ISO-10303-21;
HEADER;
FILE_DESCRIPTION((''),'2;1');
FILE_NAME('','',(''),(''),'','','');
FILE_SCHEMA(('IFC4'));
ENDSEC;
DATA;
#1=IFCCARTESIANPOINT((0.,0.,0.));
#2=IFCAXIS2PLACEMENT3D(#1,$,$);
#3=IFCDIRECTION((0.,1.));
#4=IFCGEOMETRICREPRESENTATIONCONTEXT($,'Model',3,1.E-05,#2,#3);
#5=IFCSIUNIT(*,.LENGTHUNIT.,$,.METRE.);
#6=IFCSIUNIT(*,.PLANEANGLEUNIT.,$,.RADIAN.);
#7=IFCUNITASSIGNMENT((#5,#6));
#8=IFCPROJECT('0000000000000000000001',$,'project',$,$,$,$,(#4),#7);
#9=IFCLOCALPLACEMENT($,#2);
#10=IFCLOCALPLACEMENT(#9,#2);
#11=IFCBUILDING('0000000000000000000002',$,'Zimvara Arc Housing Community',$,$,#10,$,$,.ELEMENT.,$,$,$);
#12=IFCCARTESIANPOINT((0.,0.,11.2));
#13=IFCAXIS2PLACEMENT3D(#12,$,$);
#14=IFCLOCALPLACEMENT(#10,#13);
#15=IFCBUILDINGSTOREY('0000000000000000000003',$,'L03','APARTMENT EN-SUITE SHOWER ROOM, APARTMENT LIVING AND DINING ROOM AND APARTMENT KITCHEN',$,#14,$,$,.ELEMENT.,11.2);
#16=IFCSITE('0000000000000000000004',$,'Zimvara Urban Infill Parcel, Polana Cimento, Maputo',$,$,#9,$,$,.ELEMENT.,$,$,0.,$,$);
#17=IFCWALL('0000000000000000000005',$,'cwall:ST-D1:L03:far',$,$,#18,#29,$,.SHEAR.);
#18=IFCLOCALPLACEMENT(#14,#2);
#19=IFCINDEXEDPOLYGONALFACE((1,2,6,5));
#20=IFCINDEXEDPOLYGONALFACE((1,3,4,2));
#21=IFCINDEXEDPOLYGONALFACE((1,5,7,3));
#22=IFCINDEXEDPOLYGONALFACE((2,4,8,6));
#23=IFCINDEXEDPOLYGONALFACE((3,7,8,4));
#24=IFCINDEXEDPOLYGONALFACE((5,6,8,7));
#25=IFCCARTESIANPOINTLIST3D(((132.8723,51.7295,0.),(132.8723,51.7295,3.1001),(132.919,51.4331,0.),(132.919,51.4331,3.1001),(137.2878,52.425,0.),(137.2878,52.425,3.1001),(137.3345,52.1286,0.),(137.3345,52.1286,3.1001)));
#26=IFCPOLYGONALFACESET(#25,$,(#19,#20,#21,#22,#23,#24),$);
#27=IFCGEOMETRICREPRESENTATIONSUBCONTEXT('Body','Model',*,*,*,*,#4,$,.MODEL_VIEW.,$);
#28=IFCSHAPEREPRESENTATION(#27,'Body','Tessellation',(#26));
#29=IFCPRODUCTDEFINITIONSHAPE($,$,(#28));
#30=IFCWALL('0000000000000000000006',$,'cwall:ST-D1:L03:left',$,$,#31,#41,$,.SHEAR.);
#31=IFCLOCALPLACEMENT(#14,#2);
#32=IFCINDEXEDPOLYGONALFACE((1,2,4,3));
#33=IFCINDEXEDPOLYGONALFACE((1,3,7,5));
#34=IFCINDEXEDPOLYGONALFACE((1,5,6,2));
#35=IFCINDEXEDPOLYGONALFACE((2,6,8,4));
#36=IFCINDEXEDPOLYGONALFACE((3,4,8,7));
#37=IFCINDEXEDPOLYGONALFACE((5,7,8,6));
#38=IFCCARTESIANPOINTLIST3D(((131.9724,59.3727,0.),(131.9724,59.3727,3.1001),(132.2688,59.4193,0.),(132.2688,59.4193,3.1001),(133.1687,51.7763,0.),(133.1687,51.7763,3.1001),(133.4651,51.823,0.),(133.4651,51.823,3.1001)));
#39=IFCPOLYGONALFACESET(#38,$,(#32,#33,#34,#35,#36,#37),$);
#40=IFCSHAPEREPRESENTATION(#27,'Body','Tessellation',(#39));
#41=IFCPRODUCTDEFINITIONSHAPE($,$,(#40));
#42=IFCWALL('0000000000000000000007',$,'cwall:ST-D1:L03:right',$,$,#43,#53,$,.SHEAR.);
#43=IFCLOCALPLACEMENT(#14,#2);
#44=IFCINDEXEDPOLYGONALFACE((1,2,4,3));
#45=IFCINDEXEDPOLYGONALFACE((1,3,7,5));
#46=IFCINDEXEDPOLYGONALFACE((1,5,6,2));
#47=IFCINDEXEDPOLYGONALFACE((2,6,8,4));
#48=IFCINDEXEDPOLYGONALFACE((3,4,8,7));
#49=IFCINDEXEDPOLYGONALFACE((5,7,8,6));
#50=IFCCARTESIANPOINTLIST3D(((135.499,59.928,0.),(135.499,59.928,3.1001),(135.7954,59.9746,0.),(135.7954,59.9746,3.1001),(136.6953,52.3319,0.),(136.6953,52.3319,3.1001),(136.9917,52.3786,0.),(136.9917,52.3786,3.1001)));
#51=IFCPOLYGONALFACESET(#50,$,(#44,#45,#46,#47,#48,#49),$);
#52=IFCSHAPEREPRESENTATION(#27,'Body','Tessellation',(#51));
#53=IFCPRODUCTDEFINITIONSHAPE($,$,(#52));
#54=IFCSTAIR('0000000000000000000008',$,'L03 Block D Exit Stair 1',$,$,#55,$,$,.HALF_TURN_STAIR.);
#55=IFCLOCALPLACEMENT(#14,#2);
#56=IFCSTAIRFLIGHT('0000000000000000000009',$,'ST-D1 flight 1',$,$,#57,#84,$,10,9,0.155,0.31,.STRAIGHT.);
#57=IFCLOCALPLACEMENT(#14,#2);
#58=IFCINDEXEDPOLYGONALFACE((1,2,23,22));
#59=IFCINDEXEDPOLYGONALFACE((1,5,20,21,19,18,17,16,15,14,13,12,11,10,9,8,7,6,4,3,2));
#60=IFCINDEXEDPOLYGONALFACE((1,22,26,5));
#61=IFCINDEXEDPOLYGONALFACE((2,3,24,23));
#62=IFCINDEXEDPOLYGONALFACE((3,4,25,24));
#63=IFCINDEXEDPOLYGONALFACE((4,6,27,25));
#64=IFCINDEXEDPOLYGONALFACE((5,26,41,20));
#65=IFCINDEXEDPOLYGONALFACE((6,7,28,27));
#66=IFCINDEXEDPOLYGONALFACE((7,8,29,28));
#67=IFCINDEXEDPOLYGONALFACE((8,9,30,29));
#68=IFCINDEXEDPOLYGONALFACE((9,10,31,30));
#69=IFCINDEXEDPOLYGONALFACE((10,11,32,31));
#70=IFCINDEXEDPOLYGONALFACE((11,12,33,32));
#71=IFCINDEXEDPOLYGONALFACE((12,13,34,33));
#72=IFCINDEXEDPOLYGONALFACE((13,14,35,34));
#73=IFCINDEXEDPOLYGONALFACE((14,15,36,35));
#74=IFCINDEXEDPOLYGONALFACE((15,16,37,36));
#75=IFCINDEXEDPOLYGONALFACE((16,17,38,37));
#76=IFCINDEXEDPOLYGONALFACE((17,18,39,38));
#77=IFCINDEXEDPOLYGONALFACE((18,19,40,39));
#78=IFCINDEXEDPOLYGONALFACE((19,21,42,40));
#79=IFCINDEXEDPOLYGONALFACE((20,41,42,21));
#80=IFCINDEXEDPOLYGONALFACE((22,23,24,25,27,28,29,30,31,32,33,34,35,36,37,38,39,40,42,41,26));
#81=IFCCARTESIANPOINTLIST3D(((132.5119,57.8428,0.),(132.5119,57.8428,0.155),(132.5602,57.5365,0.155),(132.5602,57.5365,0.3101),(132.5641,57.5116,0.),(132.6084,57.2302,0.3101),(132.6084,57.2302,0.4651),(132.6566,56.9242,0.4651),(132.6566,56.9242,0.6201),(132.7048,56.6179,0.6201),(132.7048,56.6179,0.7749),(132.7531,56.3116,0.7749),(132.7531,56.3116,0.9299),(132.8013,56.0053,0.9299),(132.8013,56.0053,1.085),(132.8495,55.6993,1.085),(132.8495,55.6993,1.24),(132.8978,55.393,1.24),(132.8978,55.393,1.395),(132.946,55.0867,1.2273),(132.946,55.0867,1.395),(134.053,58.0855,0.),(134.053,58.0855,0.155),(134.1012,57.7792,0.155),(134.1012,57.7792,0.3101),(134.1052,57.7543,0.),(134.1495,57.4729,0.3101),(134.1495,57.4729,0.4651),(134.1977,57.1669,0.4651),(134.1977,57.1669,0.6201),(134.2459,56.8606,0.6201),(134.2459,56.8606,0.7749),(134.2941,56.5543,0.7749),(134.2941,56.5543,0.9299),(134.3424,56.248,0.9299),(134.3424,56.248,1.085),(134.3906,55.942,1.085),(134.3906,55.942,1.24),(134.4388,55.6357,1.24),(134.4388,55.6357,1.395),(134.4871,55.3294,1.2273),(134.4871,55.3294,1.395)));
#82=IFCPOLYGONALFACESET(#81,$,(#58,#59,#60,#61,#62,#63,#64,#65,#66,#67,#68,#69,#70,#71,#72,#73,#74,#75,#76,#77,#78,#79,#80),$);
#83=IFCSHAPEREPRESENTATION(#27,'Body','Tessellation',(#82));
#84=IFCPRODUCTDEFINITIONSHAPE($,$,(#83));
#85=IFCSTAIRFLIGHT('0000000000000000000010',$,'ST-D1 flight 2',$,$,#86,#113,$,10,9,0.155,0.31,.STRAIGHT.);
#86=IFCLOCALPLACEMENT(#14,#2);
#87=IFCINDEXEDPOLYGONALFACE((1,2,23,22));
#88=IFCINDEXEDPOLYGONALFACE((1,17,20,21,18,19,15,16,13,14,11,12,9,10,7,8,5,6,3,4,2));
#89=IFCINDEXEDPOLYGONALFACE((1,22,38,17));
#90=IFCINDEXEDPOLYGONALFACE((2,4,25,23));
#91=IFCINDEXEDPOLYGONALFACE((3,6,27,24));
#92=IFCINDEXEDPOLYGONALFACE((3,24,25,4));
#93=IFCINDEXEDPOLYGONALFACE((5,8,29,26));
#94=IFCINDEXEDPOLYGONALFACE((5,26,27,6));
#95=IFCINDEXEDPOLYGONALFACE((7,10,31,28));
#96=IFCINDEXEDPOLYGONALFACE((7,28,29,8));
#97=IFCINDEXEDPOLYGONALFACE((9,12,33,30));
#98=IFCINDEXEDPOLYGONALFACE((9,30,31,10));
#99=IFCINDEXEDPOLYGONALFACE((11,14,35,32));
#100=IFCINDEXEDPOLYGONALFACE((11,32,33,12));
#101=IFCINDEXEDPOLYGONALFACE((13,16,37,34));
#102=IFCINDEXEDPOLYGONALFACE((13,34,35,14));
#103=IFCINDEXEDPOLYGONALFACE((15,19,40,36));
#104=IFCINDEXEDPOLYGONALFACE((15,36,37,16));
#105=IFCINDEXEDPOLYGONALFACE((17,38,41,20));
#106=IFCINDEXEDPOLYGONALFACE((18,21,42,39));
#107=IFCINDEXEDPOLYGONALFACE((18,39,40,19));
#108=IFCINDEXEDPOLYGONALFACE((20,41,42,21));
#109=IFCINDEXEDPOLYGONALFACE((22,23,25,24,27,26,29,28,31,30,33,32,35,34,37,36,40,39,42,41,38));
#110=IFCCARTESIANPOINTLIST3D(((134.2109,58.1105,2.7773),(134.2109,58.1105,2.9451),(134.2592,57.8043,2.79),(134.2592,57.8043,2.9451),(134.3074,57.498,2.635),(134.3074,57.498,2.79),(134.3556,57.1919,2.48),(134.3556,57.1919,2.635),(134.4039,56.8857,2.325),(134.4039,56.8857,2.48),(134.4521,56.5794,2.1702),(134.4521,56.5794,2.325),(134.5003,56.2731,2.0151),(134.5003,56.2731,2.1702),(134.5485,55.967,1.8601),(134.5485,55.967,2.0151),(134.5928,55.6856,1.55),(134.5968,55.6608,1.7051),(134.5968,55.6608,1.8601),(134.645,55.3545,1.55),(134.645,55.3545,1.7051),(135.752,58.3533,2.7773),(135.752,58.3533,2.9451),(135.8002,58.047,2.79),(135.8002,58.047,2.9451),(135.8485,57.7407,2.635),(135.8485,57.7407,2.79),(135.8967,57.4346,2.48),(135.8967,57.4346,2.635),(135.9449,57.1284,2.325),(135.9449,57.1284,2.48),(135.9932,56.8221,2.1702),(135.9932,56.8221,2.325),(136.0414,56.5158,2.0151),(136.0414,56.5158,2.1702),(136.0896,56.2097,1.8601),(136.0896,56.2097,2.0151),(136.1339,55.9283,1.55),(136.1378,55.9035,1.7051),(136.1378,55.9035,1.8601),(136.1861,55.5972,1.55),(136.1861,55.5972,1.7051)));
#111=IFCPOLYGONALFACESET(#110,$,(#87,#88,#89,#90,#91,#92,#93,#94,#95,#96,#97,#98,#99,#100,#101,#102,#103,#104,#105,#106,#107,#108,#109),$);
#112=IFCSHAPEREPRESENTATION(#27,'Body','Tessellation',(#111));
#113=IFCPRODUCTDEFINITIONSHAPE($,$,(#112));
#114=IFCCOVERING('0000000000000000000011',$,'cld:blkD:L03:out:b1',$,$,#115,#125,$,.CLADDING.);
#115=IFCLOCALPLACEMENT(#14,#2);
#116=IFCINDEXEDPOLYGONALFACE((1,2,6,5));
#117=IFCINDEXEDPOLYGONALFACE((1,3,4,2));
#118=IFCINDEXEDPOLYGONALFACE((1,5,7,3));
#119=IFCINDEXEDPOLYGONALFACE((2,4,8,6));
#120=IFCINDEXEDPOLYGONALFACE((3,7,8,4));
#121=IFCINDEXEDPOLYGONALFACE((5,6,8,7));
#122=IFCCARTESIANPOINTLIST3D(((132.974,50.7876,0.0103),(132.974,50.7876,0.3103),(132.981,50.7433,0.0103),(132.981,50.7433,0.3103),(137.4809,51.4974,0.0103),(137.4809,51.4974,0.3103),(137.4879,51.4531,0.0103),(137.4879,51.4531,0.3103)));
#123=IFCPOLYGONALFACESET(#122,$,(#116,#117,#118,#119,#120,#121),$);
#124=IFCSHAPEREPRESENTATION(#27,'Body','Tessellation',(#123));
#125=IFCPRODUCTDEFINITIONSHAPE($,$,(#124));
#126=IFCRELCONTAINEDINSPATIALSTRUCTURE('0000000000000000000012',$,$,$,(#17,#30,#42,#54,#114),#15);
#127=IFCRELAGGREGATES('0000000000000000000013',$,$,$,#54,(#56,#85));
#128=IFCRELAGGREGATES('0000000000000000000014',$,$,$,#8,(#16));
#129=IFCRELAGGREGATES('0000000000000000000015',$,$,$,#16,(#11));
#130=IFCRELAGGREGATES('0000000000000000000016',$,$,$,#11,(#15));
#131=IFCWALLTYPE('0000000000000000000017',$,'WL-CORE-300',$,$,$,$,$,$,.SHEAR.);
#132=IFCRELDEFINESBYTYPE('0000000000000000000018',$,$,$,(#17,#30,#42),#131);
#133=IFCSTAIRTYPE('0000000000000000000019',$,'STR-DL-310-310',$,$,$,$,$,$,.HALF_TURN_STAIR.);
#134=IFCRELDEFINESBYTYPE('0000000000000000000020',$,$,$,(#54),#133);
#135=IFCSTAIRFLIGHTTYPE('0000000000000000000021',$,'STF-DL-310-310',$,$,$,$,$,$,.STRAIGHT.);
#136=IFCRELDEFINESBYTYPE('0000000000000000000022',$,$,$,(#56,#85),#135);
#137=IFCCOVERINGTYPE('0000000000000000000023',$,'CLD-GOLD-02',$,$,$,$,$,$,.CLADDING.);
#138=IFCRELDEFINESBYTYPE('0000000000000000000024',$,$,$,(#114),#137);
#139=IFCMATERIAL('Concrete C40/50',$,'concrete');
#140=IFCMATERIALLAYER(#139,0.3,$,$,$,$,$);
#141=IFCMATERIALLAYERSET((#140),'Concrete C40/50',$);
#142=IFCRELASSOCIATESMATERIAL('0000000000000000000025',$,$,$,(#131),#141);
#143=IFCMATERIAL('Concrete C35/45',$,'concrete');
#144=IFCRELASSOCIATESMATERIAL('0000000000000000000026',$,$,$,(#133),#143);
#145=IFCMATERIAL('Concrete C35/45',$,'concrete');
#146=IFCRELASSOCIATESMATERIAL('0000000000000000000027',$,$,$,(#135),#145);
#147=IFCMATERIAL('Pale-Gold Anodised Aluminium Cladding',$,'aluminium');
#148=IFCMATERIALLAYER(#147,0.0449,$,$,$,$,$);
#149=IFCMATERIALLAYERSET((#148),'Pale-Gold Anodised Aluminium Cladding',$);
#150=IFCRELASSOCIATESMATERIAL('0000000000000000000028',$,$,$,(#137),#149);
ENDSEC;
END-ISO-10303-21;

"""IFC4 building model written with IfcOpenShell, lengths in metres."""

from ifc_helpers import new_model, si_unit, direction, frame, frame_2d, origin, origin_2d, place, context, subcontext, project, spatial, polyline, rectangle, outline, extrude, material, layer, layer_set, type_object, element, aggregate, save


model = new_model("IFC4")

# Units and contexts
model_context = context("Model", 3, precision=1e-05, world=origin(), true_north=direction((0.0, 1.0)))
body_context = subcontext(model_context, "Body", "Model", "MODEL_VIEW")
ifc_project = project(units=[si_unit("LENGTHUNIT", "METRE"), si_unit("PLANEANGLEUNIT", "RADIAN")], contexts=[model_context])

# Site, building, storey
site_placement = place(None, origin())
site = spatial("IfcSite", under=ifc_project, at=site_placement, Name="Zimvara Urban Infill Parcel, Polana Cimento, Maputo", CompositionType="ELEMENT", RefElevation=0.0)
building_placement = place(site_placement, origin())
building = spatial("IfcBuilding", under=site, at=building_placement, Name="Zimvara Arc Housing Community", CompositionType="ELEMENT")
storey_placement = place(building_placement, frame((0.0, 0.0, 11.2)))
storey = spatial("IfcBuildingStorey", under=building, at=storey_placement, Name="L03", Description="APARTMENT EN-SUITE SHOWER ROOM, APARTMENT LIVING AND DINING ROOM AND APARTMENT KITCHEN", CompositionType="ELEMENT", Elevation=11.2)

# Shared definitions
ifc_material_1 = material(Name="Concrete C40/50", Category="concrete")
ifc_layer_1 = layer(ifc_material_1, 0.3)
ifc_layer_set_1 = layer_set([ifc_layer_1], Name="Concrete C40/50")
wall_type_1 = type_object("IfcWallType", Name="WL-CORE-300", PredefinedType="SHEAR", material=ifc_layer_set_1)

# Walls
wall_1_placement = place(storey_placement, frame((132.8958, 51.5813, 0.0), z_axis=(0.0, 0.0, 1.0), x_axis=(0.987819, 0.155606, 0.0)))
element("IfcWall", 1, at=wall_1_placement, inside=storey, type_object=wall_type_1, Name="cwall:ST-D1:L03:far", PredefinedType="SHEAR", context=body_context, shape_type="SweptSolid", body=[
    extrude(rectangle(XDim=4.47, YDim=0.3, at=frame_2d((2.2349, 0.0))), origin(), (0.0, 0.0, 1.0), 3.1001),
])
wall_2_placement = place(storey_placement, frame((132.1206, 59.396, 0.0), z_axis=(0.0, 0.0, 1.0), x_axis=(0.155563, -0.987826, 0.0)))
element("IfcWall", 2, at=wall_2_placement, inside=storey, type_object=wall_type_1, Name="cwall:ST-D1:L03:left", PredefinedType="SHEAR", context=body_context, shape_type="SweptSolid", body=[
    extrude(rectangle(XDim=7.6899, YDim=0.3, at=frame_2d((3.845, 0.0))), origin(), (0.0, 0.0, 1.0), 3.1001),
])
wall_3_placement = place(storey_placement, frame((135.6472, 59.9512, 0.0), z_axis=(0.0, 0.0, 1.0), x_axis=(0.155568, -0.987825, 0.0)))
element("IfcWall", 3, at=wall_3_placement, inside=storey, type_object=wall_type_1, Name="cwall:ST-D1:L03:right", PredefinedType="SHEAR", context=body_context, shape_type="SweptSolid", body=[
    extrude(rectangle(XDim=7.6897, YDim=0.3, at=frame_2d((3.8447, 0.0))), origin(), (0.0, 0.0, 1.0), 3.1001),
])

# Stair, stair flights
ifc_material_2 = material(Name="Concrete C35/45", Category="concrete")
stair_type = type_object("IfcStairType", Name="STR-DL-310-310", PredefinedType="HALF_TURN_STAIR", material=ifc_material_2)
stair_placement = place(storey_placement, origin())
stair = element("IfcStair", 4, at=stair_placement, inside=storey, type_object=stair_type, Name="L03 Block D Exit Stair 1", PredefinedType="HALF_TURN_STAIR")
ifc_material_3 = material(Name="Concrete C35/45", Category="concrete")
stair_flight_type = type_object("IfcStairFlightType", Name="STF-DL-310-310", PredefinedType="STRAIGHT", material=ifc_material_3)
stair_flight_1_placement = place(storey_placement, frame((133.2825, 57.9641, 0.0), z_axis=(0.0, 0.0, 1.0), x_axis=(0.155572, -0.987824, 0.0)))
stair_flight_1 = element("IfcStairFlight", 5, at=stair_flight_1_placement, type_object=stair_flight_type, Name="ST-D1 flight 1", NumberOfRisers=10, NumberOfTreads=9, PredefinedType="STRAIGHT", RiserHeight=0.155, TreadLength=0.31, context=body_context, shape_type="SweptSolid", body=[
    extrude(outline(polyline([(0.0, 0.0), (0.0, 0.155), (0.3101, 0.155), (0.3101, 0.3101), (0.6201, 0.3101), (0.6201, 0.4651), (0.9299, 0.4651), (0.9299, 0.6201), (1.24, 0.6201), (1.24, 0.7749), (1.55, 0.7749), (1.55, 0.9299), (1.8601, 0.9299), (1.8601, 1.085), (2.1699, 1.085), (2.1699, 1.24), (2.48, 1.24), (2.48, 1.395), (2.79, 1.395), (2.79, 1.55), (2.79, 1.2273), (0.3352, 0.0), (0.0, 0.0)])), frame((0.0, 0.78, 0.0), z_axis=(0.0, -1.0, 0.0), x_axis=(1.0, 0.0, 0.0)), (0.0, 0.0, 1.0), 1.5601),
])
stair_flight_2_placement = place(storey_placement, frame((135.4155, 55.4758, 1.55), z_axis=(0.0, 0.0, 1.0), x_axis=(-0.155572, 0.987824, 0.0)))
stair_flight_2 = element("IfcStairFlight", 6, at=stair_flight_2_placement, type_object=stair_flight_type, Name="ST-D1 flight 2", NumberOfRisers=10, NumberOfTreads=9, PredefinedType="STRAIGHT", RiserHeight=0.155, TreadLength=0.31, context=body_context, shape_type="SweptSolid", body=[
    extrude(outline(polyline([(0.0, 0.0), (0.0, 0.155), (0.3101, 0.155), (0.3101, 0.3101), (0.6201, 0.3101), (0.6201, 0.4651), (0.9299, 0.4651), (0.9299, 0.6201), (1.24, 0.6201), (1.24, 0.7749), (1.55, 0.7749), (1.55, 0.9299), (1.8601, 0.9299), (1.8601, 1.085), (2.1699, 1.085), (2.1699, 1.24), (2.48, 1.24), (2.48, 1.395), (2.79, 1.395), (2.79, 1.55), (2.79, 1.2273), (0.3352, 0.0), (0.0, 0.0)])), frame((0.0, 0.78, 0.0), z_axis=(0.0, -1.0, 0.0), x_axis=(1.0, 0.0, 0.0)), (0.0, 0.0, 1.0), 1.5601),
])
aggregate(stair, [stair_flight_1, stair_flight_2])

# Covering
ifc_material_4 = material(Name="Pale-Gold Anodised Aluminium Cladding", Category="aluminium")
ifc_layer_2 = layer(ifc_material_4, 0.0449)
ifc_layer_set_2 = layer_set([ifc_layer_2], Name="Pale-Gold Anodised Aluminium Cladding")
covering_type = type_object("IfcCoveringType", Name="CLD-GOLD-02", PredefinedType="CLADDING", material=ifc_layer_set_2)
covering_placement = place(storey_placement, frame((135.231, 51.1204, 0.0103), z_axis=(0.0, 0.0, 1.0), x_axis=(0.987824, 0.155572, 0.0)))
element("IfcCovering", 7, at=covering_placement, inside=storey, type_object=covering_type, Name="cld:blkD:L03:out:b1", PredefinedType="CLADDING", context=body_context, shape_type="SweptSolid", body=[
    extrude(rectangle(XDim=4.5625, YDim=0.0449, at=origin_2d()), origin(), (0.0, 0.0, 1.0), 0.3),
])

save(model, "model.ifc")
